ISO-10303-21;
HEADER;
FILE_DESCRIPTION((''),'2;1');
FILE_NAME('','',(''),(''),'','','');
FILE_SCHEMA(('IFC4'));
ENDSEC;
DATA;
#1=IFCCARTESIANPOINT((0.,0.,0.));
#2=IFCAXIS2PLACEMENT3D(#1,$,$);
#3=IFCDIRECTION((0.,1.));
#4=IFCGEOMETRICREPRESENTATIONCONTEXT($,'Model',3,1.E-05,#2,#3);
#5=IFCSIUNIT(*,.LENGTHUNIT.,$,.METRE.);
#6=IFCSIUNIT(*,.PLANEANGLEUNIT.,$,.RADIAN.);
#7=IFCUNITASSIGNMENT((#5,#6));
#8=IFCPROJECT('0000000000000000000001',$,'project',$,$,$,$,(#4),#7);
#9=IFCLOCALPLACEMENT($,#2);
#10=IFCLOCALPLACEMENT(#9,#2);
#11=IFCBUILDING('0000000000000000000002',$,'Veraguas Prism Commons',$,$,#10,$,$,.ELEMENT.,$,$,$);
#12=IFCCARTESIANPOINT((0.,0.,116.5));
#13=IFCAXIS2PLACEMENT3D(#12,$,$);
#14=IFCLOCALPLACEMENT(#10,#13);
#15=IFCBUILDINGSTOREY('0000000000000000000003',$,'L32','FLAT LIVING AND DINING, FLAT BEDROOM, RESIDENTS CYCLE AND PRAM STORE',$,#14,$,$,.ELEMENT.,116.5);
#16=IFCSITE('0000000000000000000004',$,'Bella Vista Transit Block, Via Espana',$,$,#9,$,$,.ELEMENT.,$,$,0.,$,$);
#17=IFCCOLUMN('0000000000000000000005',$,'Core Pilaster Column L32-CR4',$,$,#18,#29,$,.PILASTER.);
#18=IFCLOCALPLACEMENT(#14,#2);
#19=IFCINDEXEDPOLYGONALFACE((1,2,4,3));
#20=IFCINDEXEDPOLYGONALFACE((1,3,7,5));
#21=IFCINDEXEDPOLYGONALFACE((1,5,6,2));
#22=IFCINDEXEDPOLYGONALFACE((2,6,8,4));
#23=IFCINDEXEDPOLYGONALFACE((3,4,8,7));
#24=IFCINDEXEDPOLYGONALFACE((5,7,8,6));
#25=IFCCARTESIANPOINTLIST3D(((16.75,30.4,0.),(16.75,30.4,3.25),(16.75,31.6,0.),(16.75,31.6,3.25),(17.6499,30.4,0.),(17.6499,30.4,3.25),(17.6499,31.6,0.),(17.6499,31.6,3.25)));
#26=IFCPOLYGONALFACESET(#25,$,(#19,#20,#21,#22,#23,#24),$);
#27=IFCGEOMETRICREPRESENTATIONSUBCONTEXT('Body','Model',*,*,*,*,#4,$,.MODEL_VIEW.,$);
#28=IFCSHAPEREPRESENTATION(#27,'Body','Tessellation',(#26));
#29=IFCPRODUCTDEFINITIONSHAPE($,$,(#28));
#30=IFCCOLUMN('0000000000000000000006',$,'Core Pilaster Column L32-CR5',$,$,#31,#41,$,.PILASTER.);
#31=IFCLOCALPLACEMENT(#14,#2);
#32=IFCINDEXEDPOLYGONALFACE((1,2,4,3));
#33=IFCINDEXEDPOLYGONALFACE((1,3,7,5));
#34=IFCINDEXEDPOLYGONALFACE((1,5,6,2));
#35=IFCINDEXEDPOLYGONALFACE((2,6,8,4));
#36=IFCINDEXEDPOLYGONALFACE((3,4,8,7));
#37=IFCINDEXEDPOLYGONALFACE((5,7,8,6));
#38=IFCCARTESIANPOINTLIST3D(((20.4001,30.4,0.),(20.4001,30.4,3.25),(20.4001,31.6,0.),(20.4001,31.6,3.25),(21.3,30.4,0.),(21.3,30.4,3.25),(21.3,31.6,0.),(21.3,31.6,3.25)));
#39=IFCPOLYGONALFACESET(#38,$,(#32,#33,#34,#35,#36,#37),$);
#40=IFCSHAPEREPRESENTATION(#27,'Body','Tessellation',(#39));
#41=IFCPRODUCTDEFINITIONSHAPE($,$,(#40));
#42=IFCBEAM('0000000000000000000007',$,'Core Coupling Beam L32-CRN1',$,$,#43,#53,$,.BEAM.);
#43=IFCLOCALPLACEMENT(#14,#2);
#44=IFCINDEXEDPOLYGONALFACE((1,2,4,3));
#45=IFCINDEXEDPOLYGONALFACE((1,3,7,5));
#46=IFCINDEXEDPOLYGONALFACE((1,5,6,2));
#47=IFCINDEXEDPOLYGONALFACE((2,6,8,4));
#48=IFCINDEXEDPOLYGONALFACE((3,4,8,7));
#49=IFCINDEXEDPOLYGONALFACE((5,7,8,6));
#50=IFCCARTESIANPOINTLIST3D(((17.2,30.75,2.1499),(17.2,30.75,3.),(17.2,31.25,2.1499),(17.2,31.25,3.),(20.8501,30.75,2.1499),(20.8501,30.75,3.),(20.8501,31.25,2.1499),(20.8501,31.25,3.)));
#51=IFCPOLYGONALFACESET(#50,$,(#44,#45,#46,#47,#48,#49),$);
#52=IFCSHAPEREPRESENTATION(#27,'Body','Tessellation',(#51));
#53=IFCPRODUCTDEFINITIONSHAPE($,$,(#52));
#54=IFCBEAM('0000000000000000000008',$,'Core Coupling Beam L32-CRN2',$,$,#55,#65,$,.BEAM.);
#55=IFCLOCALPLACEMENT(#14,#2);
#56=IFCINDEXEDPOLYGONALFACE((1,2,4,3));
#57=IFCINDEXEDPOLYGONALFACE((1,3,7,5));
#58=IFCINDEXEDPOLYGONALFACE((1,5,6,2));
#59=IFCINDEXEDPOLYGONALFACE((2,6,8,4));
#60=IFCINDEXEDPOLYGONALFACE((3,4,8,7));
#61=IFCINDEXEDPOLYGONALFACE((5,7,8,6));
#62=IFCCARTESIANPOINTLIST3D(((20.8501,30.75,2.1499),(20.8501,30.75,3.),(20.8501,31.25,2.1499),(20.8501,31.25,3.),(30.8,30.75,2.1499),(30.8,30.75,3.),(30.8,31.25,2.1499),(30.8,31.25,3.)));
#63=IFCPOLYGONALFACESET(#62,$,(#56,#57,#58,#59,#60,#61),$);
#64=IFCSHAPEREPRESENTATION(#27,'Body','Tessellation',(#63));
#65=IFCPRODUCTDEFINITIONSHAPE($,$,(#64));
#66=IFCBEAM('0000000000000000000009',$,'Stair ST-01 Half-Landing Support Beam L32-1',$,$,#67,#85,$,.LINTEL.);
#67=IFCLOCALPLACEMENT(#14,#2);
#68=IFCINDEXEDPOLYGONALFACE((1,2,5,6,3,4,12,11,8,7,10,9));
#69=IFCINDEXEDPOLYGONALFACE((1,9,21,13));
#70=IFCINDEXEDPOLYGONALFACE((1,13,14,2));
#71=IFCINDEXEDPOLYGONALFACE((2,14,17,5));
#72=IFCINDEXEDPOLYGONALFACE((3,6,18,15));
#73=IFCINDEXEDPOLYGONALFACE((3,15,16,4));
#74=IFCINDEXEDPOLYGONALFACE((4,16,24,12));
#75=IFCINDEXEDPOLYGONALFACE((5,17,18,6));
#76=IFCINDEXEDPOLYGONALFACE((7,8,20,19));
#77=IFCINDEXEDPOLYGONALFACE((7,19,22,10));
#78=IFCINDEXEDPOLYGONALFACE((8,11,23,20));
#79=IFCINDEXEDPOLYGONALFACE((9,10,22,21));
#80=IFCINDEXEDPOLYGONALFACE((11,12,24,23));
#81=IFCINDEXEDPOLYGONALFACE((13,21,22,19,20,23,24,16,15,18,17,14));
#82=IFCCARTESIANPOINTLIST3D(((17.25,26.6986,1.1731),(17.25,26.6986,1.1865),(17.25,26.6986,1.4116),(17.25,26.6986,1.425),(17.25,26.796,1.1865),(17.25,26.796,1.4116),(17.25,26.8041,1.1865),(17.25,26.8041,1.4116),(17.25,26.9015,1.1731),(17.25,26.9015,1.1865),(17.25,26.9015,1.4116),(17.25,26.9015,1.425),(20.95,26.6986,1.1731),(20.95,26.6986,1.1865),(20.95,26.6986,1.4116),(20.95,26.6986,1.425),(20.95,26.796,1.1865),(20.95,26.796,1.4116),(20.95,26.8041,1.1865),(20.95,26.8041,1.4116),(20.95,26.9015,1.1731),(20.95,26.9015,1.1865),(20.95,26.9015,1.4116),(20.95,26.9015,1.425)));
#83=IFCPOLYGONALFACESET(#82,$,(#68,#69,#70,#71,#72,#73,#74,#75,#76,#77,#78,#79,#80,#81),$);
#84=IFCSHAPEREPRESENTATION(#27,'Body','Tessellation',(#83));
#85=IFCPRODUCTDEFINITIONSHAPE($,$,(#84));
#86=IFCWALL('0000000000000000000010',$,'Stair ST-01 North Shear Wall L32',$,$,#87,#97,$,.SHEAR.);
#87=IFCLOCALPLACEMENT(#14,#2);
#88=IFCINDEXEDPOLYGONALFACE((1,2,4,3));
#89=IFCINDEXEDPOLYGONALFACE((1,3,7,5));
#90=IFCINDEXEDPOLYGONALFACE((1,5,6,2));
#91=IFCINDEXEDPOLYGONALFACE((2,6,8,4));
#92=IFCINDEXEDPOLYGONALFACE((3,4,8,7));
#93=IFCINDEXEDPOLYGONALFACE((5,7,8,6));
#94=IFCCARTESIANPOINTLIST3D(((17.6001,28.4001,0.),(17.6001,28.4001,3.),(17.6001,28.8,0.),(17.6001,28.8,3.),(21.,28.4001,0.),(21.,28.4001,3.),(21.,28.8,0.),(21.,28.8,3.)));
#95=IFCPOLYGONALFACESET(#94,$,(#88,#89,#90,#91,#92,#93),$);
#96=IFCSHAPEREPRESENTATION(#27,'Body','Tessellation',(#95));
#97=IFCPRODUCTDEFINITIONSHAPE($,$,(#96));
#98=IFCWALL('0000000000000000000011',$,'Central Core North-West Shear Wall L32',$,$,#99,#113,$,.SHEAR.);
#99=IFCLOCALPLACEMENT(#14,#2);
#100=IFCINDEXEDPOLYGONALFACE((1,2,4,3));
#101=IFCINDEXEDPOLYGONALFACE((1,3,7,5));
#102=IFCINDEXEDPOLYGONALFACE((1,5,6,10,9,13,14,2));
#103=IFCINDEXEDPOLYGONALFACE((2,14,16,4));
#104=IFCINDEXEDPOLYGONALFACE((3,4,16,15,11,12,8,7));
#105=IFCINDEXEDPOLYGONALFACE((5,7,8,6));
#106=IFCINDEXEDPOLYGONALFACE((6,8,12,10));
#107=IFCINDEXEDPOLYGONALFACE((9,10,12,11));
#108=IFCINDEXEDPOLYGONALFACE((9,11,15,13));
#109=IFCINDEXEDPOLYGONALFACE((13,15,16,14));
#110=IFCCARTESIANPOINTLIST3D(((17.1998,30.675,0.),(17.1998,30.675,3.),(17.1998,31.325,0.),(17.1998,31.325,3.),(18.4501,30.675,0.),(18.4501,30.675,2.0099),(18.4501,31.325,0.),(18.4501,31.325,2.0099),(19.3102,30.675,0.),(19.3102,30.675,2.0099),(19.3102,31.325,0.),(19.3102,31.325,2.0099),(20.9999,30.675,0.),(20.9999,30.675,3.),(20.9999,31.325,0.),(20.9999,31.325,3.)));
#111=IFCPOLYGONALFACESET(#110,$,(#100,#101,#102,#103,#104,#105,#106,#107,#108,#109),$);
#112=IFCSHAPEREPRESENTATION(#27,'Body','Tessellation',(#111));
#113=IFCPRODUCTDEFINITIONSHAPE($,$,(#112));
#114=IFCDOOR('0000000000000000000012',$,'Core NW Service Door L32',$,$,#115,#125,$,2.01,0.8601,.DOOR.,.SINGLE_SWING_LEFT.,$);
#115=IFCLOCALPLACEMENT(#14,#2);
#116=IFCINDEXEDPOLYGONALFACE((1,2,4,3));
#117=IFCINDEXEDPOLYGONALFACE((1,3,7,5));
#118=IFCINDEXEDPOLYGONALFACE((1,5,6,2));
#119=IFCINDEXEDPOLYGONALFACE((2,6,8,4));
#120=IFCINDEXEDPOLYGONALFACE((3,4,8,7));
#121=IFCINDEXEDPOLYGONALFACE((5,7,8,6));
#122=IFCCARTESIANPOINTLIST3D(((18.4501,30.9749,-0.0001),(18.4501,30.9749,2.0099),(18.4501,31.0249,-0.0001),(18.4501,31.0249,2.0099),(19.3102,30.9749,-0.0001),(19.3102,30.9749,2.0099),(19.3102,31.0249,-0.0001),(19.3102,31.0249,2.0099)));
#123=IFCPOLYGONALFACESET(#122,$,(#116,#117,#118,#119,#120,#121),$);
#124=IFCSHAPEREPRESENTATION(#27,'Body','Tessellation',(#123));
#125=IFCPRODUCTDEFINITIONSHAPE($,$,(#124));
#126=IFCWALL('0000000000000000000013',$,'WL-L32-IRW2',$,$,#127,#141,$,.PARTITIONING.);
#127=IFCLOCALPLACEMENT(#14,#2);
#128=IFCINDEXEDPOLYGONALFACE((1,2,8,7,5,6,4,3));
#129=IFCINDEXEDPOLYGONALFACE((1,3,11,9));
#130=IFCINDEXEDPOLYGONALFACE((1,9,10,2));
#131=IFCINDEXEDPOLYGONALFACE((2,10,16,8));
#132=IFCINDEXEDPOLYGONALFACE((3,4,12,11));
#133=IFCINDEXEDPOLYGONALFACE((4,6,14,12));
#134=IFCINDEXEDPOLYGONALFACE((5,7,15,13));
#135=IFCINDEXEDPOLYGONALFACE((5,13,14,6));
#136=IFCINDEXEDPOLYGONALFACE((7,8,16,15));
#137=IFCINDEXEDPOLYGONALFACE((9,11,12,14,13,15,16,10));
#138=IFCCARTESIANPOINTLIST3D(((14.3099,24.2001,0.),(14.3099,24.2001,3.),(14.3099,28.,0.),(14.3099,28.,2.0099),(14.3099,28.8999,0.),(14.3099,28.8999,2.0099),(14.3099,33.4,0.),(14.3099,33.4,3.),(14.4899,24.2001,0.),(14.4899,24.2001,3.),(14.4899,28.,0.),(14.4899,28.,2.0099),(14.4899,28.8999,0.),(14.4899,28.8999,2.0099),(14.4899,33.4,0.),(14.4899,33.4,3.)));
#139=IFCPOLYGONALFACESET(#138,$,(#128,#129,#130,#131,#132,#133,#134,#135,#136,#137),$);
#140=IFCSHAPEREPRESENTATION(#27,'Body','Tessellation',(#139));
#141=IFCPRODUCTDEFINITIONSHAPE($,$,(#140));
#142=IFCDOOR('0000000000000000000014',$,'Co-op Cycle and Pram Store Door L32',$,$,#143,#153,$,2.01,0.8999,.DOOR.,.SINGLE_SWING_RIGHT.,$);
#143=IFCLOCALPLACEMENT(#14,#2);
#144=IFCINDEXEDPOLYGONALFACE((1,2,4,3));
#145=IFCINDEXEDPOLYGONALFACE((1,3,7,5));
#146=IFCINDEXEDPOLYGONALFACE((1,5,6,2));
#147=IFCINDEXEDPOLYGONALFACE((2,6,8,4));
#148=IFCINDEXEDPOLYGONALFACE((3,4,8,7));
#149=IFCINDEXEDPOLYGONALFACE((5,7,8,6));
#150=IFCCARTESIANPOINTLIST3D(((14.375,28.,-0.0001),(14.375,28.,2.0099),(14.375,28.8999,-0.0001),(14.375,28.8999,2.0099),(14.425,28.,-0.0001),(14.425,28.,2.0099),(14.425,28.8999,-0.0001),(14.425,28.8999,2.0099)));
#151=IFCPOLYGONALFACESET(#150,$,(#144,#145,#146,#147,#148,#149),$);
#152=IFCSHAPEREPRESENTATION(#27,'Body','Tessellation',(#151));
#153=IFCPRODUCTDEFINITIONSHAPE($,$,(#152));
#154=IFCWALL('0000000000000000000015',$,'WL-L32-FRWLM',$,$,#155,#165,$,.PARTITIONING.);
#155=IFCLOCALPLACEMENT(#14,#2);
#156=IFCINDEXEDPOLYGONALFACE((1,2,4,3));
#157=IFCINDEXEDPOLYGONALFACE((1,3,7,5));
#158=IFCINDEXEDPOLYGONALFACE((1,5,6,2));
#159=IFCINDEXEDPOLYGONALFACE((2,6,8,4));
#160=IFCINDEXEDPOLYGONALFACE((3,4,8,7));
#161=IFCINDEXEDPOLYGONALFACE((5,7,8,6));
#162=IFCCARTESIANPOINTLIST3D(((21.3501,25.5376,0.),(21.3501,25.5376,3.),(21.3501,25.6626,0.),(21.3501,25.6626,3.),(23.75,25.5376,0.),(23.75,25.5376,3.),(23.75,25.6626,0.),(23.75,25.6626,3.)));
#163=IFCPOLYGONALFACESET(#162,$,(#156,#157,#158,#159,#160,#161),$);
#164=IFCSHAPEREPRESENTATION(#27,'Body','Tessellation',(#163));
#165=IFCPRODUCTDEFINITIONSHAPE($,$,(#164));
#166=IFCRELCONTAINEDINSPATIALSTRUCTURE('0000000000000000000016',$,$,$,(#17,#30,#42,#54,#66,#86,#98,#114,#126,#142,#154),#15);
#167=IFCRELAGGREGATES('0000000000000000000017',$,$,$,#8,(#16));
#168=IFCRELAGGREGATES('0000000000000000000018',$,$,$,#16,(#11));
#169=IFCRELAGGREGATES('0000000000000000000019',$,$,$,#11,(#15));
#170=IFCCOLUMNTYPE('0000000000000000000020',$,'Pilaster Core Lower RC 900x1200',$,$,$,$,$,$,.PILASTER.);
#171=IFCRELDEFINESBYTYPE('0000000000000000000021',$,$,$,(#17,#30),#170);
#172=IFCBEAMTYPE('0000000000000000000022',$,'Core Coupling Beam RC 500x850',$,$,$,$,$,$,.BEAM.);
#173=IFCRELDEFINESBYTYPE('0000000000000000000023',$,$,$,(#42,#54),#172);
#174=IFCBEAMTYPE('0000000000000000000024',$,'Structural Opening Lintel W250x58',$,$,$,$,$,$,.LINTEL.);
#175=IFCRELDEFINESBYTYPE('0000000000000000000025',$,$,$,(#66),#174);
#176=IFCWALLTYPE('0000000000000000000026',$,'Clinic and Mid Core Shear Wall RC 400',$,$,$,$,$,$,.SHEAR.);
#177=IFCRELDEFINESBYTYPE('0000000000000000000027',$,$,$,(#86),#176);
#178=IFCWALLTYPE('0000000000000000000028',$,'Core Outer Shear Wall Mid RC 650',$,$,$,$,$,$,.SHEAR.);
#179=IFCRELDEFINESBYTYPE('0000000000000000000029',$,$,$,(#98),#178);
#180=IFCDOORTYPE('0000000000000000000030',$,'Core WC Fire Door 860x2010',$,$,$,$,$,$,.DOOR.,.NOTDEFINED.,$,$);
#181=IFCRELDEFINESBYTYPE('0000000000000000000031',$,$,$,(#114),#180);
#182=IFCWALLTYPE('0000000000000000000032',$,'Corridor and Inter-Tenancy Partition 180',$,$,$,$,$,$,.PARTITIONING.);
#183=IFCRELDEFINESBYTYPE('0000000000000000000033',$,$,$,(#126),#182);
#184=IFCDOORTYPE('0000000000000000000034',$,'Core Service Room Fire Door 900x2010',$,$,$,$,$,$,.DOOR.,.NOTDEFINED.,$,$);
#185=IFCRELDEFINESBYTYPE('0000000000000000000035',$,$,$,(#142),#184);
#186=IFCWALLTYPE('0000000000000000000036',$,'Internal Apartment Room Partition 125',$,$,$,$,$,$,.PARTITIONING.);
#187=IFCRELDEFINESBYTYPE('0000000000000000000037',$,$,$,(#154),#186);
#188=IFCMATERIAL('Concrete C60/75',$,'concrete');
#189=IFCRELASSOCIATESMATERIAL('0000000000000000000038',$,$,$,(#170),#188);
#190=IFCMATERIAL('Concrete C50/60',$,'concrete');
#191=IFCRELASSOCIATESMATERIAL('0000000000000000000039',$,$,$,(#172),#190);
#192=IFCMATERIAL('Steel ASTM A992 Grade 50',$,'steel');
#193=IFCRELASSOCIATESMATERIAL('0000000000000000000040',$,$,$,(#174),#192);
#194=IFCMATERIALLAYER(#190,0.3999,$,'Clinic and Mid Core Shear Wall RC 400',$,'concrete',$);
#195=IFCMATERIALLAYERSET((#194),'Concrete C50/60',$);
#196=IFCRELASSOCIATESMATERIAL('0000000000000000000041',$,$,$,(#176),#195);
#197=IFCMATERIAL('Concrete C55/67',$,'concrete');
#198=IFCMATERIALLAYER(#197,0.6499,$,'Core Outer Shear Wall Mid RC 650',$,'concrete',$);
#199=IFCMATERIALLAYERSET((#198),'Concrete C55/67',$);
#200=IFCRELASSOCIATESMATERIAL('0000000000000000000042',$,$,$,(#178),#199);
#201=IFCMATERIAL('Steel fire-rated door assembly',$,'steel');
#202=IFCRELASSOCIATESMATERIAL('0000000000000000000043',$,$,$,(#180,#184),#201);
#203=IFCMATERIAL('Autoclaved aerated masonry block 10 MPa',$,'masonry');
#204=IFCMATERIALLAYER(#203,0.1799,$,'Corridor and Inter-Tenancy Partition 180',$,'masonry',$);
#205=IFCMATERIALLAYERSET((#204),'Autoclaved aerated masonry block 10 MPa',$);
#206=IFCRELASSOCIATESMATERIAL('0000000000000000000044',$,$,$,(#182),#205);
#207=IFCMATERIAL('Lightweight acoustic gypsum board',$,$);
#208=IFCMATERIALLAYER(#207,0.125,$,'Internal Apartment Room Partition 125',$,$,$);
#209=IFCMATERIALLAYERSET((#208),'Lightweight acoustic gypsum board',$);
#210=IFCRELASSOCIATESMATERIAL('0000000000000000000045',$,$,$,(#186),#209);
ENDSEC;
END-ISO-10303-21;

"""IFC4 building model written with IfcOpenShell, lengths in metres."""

from ifc_helpers import new_model, si_unit, direction, frame, frame_2d, origin, origin_2d, place, context, subcontext, project, spatial, rectangle, i_section, extrude, source, transform, mapped, material, layer, layer_set, material_profile, profile_set, type_object, element, fill, save


model = new_model("IFC4")

# Units and contexts
model_context = context("Model", 3, precision=1e-05, world=origin(), true_north=direction((0.0, 1.0)))
body_context = subcontext(model_context, "Body", "Model", "MODEL_VIEW")
ifc_project = project(units=[si_unit("LENGTHUNIT", "METRE"), si_unit("PLANEANGLEUNIT", "RADIAN")], contexts=[model_context])

# Site, building, storey
site_placement = place(None, origin())
site = spatial("IfcSite", under=ifc_project, at=site_placement, Name="Bella Vista Transit Block, Via Espana", CompositionType="ELEMENT", RefElevation=0.0)
building_placement = place(site_placement, origin())
building = spatial("IfcBuilding", under=site, at=building_placement, Name="Veraguas Prism Commons", CompositionType="ELEMENT")
storey_placement = place(building_placement, frame((0.0, 0.0, 116.5)))
storey = spatial("IfcBuildingStorey", under=building, at=storey_placement, Name="L32", Description="FLAT LIVING AND DINING, FLAT BEDROOM, RESIDENTS CYCLE AND PRAM STORE", CompositionType="ELEMENT", Elevation=116.5)

# Columns
ifc_material_1 = material(Name="Concrete C60/75", Category="concrete")
ifc_material_profile_1 = material_profile(ifc_material_1, rectangle(XDim=0.8999, YDim=1.2, at=origin_2d()), Name="RC900X1200")
ifc_profile_set_1 = profile_set([ifc_material_profile_1], Name="Concrete C60/75")
column_type = type_object("IfcColumnType", Name="Pilaster Core Lower RC 900x1200", PredefinedType="PILASTER", material=ifc_profile_set_1)
for number, where, z_axis, x_axis, name in (
    (1, (17.2, 31.0, 0.0), (0.0, 0.0, 1.0), (1.0, 0.0, 0.0), "Core Pilaster Column L32-CR4"),
    (2, (20.8501, 31.0, 0.0), (0.0, 0.0, 1.0), (1.0, 0.0, 0.0), "Core Pilaster Column L32-CR5"),
):
    element("IfcColumn", number, at=place(storey_placement, frame(where, z_axis=z_axis, x_axis=x_axis)), inside=storey, type_object=column_type, Name=name, PredefinedType="PILASTER", context=body_context, shape_type="SweptSolid", body=[
        extrude(rectangle(XDim=0.8999, YDim=1.2, at=origin_2d()), origin(), (0.0, 0.0, 1.0), 3.25),
    ])

# Beams
ifc_material_2 = material(Name="Concrete C50/60", Category="concrete")
ifc_material_profile_2 = material_profile(ifc_material_2, rectangle(XDim=0.5, YDim=0.8501, at=origin_2d()), Name="RC500X850")
ifc_profile_set_2 = profile_set([ifc_material_profile_2], Name="Concrete C50/60")
beam_type_1 = type_object("IfcBeamType", Name="Core Coupling Beam RC 500x850", PredefinedType="BEAM", material=ifc_profile_set_2)
beam_1_placement = place(storey_placement, frame((17.2, 31.0, 2.575), z_axis=(1.0, 0.0, 0.0), x_axis=(0.0, 1.0, 0.0)))
element("IfcBeam", 3, at=beam_1_placement, inside=storey, type_object=beam_type_1, Name="Core Coupling Beam L32-CRN1", PredefinedType="BEAM", context=body_context, shape_type="SweptSolid", body=[
    extrude(rectangle(XDim=0.5, YDim=0.8501, at=origin_2d()), origin(), (0.0, 0.0, 1.0), 3.6501),
])
beam_2_placement = place(storey_placement, frame((20.8501, 31.0, 2.575), z_axis=(1.0, 0.0, 0.0), x_axis=(0.0, 1.0, 0.0)))
element("IfcBeam", 4, at=beam_2_placement, inside=storey, type_object=beam_type_1, Name="Core Coupling Beam L32-CRN2", PredefinedType="BEAM", context=body_context, shape_type="SweptSolid", body=[
    extrude(rectangle(XDim=0.5, YDim=0.8501, at=origin_2d()), origin(), (0.0, 0.0, 1.0), 9.95),
])
ifc_material_3 = material(Name="Steel ASTM A992 Grade 50", Category="steel")
ifc_material_profile_3 = material_profile(ifc_material_3, i_section(OverallWidth=0.2029, OverallDepth=0.252, WebThickness=0.0081, FlangeThickness=0.0134, at=origin_2d()), Name="W250X58")
ifc_profile_set_3 = profile_set([ifc_material_profile_3], Name="Steel ASTM A992 Grade 50")
beam_type_2 = type_object("IfcBeamType", Name="Structural Opening Lintel W250x58", PredefinedType="LINTEL", material=ifc_profile_set_3)
beam_3_placement = place(storey_placement, frame((17.25, 26.8, 1.2991), z_axis=(1.0, 0.0, 0.0), x_axis=(0.0, 1.0, 0.0)))
element("IfcBeam", 5, at=beam_3_placement, inside=storey, type_object=beam_type_2, Name="Stair ST-01 Half-Landing Support Beam L32-1", PredefinedType="LINTEL", context=body_context, shape_type="SweptSolid", body=[
    extrude(i_section(OverallWidth=0.2029, OverallDepth=0.252, WebThickness=0.0081, FlangeThickness=0.0134, at=origin_2d()), origin(), (0.0, 0.0, 1.0), 3.7),
])

# Wall
ifc_layer_1 = layer(ifc_material_2, 0.3999, Name="Clinic and Mid Core Shear Wall RC 400", Category="concrete")
ifc_layer_set_1 = layer_set([ifc_layer_1], Name="Concrete C50/60")
wall_type_1 = type_object("IfcWallType", Name="Clinic and Mid Core Shear Wall RC 400", PredefinedType="SHEAR", material=ifc_layer_set_1)
wall_1_placement = place(storey_placement, frame((17.6001, 28.6001, 0.0), z_axis=(0.0, 0.0, 1.0), x_axis=(1.0, 0.0, 0.0)))
element("IfcWall", 6, at=wall_1_placement, inside=storey, type_object=wall_type_1, Name="Stair ST-01 North Shear Wall L32", PredefinedType="SHEAR", context=body_context, shape_type="SweptSolid", body=[
    extrude(rectangle(XDim=3.3999, YDim=0.3999, at=frame_2d((1.7, 0.0))), origin(), (0.0, 0.0, 1.0), 3.0),
])

# Walls, openings, doors
ifc_material_4 = material(Name="Concrete C55/67", Category="concrete")
ifc_layer_2 = layer(ifc_material_4, 0.6499, Name="Core Outer Shear Wall Mid RC 650", Category="concrete")
ifc_layer_set_2 = layer_set([ifc_layer_2], Name="Concrete C55/67")
wall_type_2 = type_object("IfcWallType", Name="Core Outer Shear Wall Mid RC 650", PredefinedType="SHEAR", material=ifc_layer_set_2)
wall_2_placement = place(storey_placement, frame((17.2, 31.0, 0.0), z_axis=(0.0, 0.0, 1.0), x_axis=(1.0, 0.0, 0.0)))
wall_2 = element("IfcWall", 7, at=wall_2_placement, inside=storey, type_object=wall_type_2, Name="Central Core North-West Shear Wall L32", PredefinedType="SHEAR", context=body_context, shape_type="SweptSolid", body=[
    extrude(rectangle(XDim=3.8, YDim=0.6499, at=frame_2d((1.8999, 0.0))), origin(), (0.0, 0.0, 1.0), 3.0),
])
opening_1_placement = place(wall_2_placement, frame((1.25, 0.0, 0.0)))
opening_1 = element("IfcOpeningElement", 8, at=opening_1_placement, cuts=wall_2, PredefinedType="OPENING", context=body_context, shape_type="SweptSolid", body=[
    extrude(rectangle(XDim=0.8601, YDim=2.01, at=frame_2d((0.4302, 1.0049))), frame((0.0, 0.335, 0.0), z_axis=(0.0, -1.0, 0.0), x_axis=(1.0, 0.0, 0.0)), (0.0, 0.0, 1.0), 0.6699),
])
ifc_material_5 = material(Name="Steel fire-rated door assembly", Category="steel")
door_type_1 = type_object("IfcDoorType", Name="Core WC Fire Door 860x2010", OperationType="NOTDEFINED", PredefinedType="DOOR", material=ifc_material_5)
shared_shape_1 = source(origin(), body_context, "Body", "SweptSolid", [
    extrude(rectangle(XDim=0.8601, YDim=2.01, at=frame_2d((0.4302, 1.0049))), frame((0.0, 0.0249, 0.0), z_axis=(0.0, -1.0, 0.0), x_axis=(1.0, 0.0, 0.0)), (0.0, 0.0, 1.0), 0.05),
])
door_1_placement = place(opening_1_placement, origin())
door_1 = element("IfcDoor", 9, at=door_1_placement, inside=storey, type_object=door_type_1, Name="Core NW Service Door L32", OperationType="SINGLE_SWING_LEFT", OverallHeight=2.01, OverallWidth=0.8601, PredefinedType="DOOR", context=body_context, shape_type="MappedRepresentation", body=[
    mapped(shared_shape_1, transform((0.0, 0.0, 0.0), scale=1.0)),
])
fill(opening_1, door_1)
ifc_material_6 = material(Name="Autoclaved aerated masonry block 10 MPa", Category="masonry")
ifc_layer_3 = layer(ifc_material_6, 0.1799, Name="Corridor and Inter-Tenancy Partition 180", Category="masonry")
ifc_layer_set_3 = layer_set([ifc_layer_3], Name="Autoclaved aerated masonry block 10 MPa")
wall_type_3 = type_object("IfcWallType", Name="Corridor and Inter-Tenancy Partition 180", PredefinedType="PARTITIONING", material=ifc_layer_set_3)
wall_3_placement = place(storey_placement, frame((14.3999, 24.2, 0.0), z_axis=(0.0, 0.0, 1.0), x_axis=(0.0, 1.0, 0.0)))
wall_3 = element("IfcWall", 10, at=wall_3_placement, inside=storey, type_object=wall_type_3, Name="WL-L32-IRW2", PredefinedType="PARTITIONING", context=body_context, shape_type="SweptSolid", body=[
    extrude(rectangle(XDim=9.2, YDim=0.1799, at=frame_2d((4.6001, 0.0))), origin(), (0.0, 0.0, 1.0), 3.0),
])
opening_2_placement = place(wall_3_placement, frame((3.8, 0.0, 0.0)))
opening_2 = element("IfcOpeningElement", 11, at=opening_2_placement, cuts=wall_3, PredefinedType="OPENING", context=body_context, shape_type="SweptSolid", body=[
    extrude(rectangle(XDim=0.8999, YDim=2.01, at=frame_2d((0.45, 1.0049))), frame((0.0, 0.0999, 0.0), z_axis=(0.0, -1.0, 0.0), x_axis=(1.0, 0.0, 0.0)), (0.0, 0.0, 1.0), 0.2),
])
door_type_2 = type_object("IfcDoorType", Name="Core Service Room Fire Door 900x2010", OperationType="NOTDEFINED", PredefinedType="DOOR", material=ifc_material_5)
shared_shape_2 = source(origin(), body_context, "Body", "SweptSolid", [
    extrude(rectangle(XDim=0.8999, YDim=2.01, at=frame_2d((0.45, 1.0049))), frame((0.0, 0.0249, 0.0), z_axis=(0.0, -1.0, 0.0), x_axis=(1.0, 0.0, 0.0)), (0.0, 0.0, 1.0), 0.05),
])
door_2_placement = place(opening_2_placement, origin())
door_2 = element("IfcDoor", 12, at=door_2_placement, inside=storey, type_object=door_type_2, Name="Co-op Cycle and Pram Store Door L32", OperationType="SINGLE_SWING_RIGHT", OverallHeight=2.01, OverallWidth=0.8999, PredefinedType="DOOR", context=body_context, shape_type="MappedRepresentation", body=[
    mapped(shared_shape_2, transform((0.0, 0.0, 0.0), scale=1.0)),
])
fill(opening_2, door_2)

# Wall
ifc_material_7 = material(Name="Lightweight acoustic gypsum board")
ifc_layer_4 = layer(ifc_material_7, 0.125, Name="Internal Apartment Room Partition 125")
ifc_layer_set_4 = layer_set([ifc_layer_4], Name="Lightweight acoustic gypsum board")
wall_type_4 = type_object("IfcWallType", Name="Internal Apartment Room Partition 125", PredefinedType="PARTITIONING", material=ifc_layer_set_4)
wall_4_placement = place(storey_placement, frame((21.3501, 25.6001, 0.0), z_axis=(0.0, 0.0, 1.0), x_axis=(1.0, 0.0, 0.0)))
element("IfcWall", 13, at=wall_4_placement, inside=storey, type_object=wall_type_4, Name="WL-L32-FRWLM", PredefinedType="PARTITIONING", context=body_context, shape_type="SweptSolid", body=[
    extrude(rectangle(XDim=2.3999, YDim=0.125, at=frame_2d((1.2, 0.0))), origin(), (0.0, 0.0, 1.0), 3.0),
])

save(model, "model.ifc")
